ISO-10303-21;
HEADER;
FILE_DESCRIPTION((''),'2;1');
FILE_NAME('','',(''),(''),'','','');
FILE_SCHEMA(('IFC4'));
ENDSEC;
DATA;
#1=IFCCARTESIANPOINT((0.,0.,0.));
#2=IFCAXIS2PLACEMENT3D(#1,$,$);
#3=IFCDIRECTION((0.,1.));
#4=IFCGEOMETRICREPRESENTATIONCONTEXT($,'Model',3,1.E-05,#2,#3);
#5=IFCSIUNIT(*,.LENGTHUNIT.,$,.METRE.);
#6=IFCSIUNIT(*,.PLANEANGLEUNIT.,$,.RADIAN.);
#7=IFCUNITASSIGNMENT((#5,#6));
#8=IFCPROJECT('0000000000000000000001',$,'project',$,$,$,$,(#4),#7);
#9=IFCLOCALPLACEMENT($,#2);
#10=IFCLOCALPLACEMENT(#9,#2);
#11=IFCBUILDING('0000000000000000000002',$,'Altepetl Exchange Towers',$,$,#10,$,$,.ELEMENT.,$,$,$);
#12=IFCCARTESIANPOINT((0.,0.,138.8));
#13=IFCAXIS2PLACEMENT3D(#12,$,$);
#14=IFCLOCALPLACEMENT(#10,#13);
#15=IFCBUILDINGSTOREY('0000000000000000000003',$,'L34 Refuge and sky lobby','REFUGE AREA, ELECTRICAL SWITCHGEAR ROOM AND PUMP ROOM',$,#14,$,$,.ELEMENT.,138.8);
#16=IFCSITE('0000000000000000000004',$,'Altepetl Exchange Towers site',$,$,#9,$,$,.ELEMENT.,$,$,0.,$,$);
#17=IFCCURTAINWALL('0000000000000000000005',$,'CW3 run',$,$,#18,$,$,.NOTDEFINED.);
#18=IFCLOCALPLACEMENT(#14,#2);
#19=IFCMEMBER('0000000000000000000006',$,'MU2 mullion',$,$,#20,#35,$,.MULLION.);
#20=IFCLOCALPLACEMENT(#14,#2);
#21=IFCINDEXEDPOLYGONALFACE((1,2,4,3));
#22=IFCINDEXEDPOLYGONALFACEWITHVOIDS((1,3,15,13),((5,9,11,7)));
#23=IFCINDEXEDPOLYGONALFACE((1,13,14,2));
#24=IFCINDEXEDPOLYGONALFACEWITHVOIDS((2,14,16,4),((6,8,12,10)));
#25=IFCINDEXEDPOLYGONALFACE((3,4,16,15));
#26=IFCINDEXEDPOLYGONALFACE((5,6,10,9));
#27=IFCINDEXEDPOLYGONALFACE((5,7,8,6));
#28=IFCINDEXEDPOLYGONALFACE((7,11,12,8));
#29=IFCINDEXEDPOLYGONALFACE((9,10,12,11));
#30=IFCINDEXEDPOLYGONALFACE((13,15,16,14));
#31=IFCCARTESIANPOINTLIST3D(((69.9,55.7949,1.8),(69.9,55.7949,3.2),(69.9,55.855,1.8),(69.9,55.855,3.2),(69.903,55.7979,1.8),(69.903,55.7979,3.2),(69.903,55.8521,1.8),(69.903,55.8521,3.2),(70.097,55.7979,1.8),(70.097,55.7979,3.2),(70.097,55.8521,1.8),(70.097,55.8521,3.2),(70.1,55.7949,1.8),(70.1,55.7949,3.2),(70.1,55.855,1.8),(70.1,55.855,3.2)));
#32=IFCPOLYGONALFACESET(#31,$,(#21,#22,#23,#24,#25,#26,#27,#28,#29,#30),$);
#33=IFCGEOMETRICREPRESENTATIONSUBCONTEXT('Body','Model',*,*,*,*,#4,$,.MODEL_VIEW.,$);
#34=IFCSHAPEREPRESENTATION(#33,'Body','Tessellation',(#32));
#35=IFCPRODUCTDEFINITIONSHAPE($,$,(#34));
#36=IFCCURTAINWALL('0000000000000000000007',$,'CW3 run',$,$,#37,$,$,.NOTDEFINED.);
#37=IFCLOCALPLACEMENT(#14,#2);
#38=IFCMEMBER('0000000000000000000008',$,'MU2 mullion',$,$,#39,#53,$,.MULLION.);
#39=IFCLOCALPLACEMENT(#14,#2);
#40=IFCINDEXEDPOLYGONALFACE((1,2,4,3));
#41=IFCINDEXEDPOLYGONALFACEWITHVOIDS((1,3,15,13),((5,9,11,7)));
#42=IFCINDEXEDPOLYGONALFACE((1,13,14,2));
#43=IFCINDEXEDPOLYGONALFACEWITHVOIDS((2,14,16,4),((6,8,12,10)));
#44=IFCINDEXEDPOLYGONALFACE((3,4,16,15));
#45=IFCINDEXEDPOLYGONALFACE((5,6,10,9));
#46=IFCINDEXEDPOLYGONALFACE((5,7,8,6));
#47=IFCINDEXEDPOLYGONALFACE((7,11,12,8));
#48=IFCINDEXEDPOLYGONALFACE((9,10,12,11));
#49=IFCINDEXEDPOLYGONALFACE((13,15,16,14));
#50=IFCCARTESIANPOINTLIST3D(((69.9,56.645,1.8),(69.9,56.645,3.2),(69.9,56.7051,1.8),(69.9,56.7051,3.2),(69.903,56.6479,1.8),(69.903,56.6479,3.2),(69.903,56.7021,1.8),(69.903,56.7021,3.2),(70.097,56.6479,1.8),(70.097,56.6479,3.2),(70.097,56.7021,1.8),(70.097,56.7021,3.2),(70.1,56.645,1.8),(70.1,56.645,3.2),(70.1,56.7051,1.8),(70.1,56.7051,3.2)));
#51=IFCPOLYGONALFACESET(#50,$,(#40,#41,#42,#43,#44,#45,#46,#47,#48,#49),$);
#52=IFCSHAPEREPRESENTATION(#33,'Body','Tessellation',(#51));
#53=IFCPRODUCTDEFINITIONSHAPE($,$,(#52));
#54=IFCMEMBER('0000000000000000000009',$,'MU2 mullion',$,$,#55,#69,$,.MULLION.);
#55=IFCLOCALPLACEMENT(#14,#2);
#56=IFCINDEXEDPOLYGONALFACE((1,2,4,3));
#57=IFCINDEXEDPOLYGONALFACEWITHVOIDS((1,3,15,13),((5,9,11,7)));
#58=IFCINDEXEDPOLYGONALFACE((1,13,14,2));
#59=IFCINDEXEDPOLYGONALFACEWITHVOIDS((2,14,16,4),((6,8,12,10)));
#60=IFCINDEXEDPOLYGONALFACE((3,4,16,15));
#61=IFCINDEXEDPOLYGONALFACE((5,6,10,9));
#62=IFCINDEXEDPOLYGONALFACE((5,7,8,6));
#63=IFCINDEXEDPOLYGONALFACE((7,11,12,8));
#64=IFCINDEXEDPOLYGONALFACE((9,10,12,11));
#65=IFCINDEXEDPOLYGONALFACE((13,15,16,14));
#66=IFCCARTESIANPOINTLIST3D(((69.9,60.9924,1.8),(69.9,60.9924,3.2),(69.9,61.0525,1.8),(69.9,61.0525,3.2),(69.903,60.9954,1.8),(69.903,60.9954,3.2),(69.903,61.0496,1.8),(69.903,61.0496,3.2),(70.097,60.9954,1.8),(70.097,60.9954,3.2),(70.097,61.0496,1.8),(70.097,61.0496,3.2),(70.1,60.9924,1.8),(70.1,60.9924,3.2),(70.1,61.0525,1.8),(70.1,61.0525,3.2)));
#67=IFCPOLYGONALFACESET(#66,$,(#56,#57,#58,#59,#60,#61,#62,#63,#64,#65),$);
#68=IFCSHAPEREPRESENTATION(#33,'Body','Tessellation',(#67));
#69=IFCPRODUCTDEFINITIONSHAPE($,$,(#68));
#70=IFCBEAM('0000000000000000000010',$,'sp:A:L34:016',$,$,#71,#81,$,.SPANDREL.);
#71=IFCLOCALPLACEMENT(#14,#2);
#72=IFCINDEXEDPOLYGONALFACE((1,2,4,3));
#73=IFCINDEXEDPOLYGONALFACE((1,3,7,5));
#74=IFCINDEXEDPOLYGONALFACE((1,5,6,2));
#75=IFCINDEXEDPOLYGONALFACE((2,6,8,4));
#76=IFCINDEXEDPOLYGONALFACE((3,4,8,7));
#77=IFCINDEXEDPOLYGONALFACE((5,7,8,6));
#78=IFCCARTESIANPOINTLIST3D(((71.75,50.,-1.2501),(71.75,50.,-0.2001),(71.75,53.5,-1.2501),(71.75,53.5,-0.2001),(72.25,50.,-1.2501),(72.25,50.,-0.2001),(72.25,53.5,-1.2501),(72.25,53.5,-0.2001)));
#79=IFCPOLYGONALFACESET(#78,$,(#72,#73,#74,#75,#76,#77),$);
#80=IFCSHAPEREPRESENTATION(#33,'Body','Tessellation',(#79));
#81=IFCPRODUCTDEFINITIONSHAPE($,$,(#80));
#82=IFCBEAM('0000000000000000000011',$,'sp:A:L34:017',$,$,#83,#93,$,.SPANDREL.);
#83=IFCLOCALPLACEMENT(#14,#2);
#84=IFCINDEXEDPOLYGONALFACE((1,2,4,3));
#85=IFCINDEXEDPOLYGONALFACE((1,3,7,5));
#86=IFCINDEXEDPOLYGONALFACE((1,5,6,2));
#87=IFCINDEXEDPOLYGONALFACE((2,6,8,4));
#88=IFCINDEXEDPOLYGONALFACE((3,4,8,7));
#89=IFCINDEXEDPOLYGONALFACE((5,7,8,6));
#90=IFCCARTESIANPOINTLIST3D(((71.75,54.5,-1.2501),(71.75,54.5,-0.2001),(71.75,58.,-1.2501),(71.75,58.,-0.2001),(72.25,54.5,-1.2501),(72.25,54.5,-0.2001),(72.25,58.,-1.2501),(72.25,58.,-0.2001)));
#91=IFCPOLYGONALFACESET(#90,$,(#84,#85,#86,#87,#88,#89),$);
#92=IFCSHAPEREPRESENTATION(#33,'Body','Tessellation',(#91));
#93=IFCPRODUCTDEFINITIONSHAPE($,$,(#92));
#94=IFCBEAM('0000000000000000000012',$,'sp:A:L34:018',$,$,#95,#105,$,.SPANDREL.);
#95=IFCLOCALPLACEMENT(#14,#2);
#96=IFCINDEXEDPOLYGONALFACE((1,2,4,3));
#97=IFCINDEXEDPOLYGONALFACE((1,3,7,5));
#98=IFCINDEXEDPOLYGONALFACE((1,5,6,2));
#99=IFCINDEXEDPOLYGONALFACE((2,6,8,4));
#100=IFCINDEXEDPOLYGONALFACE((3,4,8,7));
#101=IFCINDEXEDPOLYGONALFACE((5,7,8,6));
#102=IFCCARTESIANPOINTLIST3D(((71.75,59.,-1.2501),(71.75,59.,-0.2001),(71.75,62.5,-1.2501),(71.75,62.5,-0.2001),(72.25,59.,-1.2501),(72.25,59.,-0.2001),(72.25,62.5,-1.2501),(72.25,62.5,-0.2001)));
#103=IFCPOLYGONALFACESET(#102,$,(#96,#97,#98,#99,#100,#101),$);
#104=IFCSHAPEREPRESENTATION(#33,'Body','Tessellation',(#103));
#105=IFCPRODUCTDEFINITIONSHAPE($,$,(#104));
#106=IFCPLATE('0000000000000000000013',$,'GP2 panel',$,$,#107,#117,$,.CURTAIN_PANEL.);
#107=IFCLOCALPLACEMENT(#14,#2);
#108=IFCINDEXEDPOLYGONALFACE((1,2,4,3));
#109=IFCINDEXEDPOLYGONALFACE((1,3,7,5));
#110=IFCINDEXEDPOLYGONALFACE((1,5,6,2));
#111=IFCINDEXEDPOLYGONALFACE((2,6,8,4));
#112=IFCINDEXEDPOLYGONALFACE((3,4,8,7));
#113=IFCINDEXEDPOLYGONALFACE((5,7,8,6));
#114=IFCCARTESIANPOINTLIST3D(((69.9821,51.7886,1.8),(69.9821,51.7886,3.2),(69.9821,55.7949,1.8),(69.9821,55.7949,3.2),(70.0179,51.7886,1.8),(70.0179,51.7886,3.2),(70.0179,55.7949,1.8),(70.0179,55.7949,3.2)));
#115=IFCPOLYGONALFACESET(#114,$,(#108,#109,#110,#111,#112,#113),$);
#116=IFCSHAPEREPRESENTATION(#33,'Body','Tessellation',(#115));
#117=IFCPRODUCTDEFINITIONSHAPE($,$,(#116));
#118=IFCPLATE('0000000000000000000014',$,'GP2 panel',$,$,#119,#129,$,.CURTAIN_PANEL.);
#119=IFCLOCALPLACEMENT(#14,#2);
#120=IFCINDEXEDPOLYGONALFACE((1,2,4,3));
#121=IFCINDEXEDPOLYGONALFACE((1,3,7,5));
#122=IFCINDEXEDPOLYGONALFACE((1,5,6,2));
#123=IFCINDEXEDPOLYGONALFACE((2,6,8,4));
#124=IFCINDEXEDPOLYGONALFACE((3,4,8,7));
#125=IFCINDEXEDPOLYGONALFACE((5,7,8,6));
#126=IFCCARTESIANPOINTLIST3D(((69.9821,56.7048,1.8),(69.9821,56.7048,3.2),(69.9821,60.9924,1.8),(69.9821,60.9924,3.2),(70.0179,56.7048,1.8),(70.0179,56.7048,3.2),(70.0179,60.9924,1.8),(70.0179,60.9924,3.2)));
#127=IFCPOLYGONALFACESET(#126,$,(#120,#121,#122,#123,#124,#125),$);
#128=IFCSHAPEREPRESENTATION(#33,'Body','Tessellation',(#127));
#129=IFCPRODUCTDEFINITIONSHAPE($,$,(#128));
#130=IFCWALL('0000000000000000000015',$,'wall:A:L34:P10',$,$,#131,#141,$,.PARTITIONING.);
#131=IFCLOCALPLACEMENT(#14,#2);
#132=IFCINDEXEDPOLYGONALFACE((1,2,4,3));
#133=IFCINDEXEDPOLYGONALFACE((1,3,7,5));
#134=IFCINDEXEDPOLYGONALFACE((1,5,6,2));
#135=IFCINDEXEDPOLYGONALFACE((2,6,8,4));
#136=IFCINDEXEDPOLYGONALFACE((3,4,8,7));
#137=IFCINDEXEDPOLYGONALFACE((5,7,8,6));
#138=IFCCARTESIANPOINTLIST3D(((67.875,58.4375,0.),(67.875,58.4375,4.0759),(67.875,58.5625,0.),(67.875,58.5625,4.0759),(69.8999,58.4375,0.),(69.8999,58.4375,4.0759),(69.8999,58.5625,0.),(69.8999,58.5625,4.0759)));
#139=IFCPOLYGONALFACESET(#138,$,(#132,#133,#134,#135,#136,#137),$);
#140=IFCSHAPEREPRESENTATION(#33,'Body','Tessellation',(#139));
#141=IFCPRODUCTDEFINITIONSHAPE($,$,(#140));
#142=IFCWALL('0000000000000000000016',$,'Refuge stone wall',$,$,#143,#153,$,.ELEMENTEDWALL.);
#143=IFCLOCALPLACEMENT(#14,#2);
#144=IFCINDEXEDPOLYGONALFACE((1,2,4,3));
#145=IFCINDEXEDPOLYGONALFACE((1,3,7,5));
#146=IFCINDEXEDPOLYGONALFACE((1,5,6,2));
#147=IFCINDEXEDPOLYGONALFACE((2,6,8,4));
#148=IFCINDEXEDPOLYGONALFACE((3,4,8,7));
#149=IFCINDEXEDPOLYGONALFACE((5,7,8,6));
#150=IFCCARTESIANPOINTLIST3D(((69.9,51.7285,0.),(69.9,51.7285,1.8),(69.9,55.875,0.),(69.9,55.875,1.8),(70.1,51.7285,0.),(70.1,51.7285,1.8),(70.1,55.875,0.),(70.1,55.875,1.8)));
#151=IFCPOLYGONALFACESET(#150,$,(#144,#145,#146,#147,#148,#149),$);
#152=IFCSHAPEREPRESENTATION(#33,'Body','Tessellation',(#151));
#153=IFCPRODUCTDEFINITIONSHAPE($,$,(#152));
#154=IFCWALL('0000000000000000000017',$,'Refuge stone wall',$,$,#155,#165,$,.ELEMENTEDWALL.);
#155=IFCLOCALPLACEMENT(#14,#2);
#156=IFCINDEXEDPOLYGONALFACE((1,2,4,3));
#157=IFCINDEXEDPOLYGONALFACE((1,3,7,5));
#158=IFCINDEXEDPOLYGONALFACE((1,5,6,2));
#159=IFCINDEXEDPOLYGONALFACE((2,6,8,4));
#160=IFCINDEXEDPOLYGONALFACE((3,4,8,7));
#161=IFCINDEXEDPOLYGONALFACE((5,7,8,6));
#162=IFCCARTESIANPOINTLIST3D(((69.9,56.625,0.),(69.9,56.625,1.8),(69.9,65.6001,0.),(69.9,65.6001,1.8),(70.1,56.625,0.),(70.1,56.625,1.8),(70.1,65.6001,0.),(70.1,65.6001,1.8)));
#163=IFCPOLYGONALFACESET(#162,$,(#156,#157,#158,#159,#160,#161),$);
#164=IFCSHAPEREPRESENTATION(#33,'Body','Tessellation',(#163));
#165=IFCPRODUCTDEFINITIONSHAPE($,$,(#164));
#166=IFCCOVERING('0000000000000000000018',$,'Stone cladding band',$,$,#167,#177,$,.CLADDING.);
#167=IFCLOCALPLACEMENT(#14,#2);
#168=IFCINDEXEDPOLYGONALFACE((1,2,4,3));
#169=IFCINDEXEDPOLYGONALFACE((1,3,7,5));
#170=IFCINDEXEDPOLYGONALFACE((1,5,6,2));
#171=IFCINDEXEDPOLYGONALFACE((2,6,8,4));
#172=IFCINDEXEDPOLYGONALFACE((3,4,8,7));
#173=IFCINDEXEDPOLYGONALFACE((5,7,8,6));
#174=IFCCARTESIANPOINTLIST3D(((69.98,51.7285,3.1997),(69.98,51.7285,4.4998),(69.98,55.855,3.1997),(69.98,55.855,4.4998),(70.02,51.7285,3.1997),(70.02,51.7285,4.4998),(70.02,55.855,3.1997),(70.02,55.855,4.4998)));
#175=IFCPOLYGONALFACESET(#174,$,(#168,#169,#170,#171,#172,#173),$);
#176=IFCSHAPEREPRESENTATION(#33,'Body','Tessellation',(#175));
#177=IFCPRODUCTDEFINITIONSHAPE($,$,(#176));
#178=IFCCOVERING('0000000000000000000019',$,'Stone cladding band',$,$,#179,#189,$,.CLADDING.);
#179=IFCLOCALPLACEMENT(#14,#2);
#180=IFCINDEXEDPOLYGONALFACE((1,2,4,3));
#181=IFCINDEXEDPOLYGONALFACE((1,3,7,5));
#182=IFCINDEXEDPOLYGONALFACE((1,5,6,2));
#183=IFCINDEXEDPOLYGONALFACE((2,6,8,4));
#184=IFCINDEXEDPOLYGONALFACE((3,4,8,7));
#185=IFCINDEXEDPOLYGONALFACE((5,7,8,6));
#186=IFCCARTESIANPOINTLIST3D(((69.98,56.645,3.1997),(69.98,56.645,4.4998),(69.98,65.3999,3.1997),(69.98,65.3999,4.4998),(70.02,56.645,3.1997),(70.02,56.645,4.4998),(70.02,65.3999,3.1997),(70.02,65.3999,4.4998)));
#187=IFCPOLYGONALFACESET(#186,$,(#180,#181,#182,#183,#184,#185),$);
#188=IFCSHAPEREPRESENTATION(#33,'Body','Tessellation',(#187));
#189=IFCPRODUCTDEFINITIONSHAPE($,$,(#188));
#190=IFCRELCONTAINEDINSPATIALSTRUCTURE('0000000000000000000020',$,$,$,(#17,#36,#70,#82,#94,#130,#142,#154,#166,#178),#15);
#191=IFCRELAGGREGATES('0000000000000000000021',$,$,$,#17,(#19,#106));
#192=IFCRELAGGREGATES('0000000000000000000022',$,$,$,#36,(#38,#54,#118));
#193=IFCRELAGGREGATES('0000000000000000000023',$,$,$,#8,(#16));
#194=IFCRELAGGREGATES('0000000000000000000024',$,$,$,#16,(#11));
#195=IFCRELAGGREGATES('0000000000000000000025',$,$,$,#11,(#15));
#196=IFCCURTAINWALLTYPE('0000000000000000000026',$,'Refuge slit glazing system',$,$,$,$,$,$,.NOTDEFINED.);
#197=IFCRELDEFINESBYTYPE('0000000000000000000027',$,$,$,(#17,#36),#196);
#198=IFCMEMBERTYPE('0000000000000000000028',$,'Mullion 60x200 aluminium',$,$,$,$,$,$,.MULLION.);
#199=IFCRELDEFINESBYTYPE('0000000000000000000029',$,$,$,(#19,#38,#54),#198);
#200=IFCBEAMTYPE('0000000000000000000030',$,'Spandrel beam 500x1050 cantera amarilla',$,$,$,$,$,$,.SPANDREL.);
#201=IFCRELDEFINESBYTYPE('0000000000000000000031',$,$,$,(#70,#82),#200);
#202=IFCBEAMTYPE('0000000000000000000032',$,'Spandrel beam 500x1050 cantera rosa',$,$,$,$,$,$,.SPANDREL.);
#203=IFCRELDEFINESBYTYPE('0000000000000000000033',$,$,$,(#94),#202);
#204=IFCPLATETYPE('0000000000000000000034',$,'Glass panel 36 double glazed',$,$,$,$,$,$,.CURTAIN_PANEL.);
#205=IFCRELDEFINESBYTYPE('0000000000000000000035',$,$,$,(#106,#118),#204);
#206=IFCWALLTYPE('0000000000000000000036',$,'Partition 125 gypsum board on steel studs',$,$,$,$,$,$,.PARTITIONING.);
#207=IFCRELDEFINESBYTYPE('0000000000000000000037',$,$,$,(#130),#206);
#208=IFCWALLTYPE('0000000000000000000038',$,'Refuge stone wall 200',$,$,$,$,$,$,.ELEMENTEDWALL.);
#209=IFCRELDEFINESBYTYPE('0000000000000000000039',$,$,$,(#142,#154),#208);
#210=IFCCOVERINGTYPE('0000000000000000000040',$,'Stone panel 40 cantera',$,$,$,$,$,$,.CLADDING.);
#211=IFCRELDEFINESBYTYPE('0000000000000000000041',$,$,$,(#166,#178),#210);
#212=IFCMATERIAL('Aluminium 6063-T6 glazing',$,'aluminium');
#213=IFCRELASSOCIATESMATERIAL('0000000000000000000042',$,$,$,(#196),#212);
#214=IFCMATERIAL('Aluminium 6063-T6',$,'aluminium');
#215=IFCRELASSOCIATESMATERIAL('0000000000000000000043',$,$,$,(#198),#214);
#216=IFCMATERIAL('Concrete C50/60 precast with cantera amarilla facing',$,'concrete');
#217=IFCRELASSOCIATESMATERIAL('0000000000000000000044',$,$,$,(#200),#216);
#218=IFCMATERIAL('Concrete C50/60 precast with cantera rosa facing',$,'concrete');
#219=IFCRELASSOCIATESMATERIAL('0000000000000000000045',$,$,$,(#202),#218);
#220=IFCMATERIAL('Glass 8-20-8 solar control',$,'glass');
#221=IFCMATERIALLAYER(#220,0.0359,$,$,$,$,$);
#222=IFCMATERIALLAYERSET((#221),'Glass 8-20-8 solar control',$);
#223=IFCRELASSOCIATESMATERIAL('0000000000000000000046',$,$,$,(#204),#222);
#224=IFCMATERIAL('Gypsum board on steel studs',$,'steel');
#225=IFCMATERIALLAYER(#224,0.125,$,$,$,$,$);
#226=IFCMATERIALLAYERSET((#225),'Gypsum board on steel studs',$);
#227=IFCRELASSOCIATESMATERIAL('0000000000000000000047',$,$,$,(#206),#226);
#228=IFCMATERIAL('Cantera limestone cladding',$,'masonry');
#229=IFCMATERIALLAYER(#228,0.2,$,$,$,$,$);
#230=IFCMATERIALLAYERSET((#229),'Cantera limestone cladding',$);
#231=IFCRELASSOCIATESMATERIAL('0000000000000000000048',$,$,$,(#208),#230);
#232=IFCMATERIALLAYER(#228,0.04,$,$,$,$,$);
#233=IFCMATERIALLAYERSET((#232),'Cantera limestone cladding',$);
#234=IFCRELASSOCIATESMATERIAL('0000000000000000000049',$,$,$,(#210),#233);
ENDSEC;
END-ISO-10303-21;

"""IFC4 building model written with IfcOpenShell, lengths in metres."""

from ifc_helpers import new_model, si_unit, direction, frame, frame_2d, origin, origin_2d, place, context, subcontext, project, spatial, rectangle, hollow_rectangle, extrude, material, layer, layer_set, material_profile, profile_set, type_object, element, aggregate, save


model = new_model("IFC4")

# Units and contexts
model_context = context("Model", 3, precision=1e-05, world=origin(), true_north=direction((0.0, 1.0)))
body_context = subcontext(model_context, "Body", "Model", "MODEL_VIEW")
ifc_project = project(units=[si_unit("LENGTHUNIT", "METRE"), si_unit("PLANEANGLEUNIT", "RADIAN")], contexts=[model_context])

# Site, building, storey
site_placement = place(None, origin())
site = spatial("IfcSite", under=ifc_project, at=site_placement, Name="Altepetl Exchange Towers site", CompositionType="ELEMENT", RefElevation=0.0)
building_placement = place(site_placement, origin())
building = spatial("IfcBuilding", under=site, at=building_placement, Name="Altepetl Exchange Towers", CompositionType="ELEMENT")
storey_placement = place(building_placement, frame((0.0, 0.0, 138.8)))
storey = spatial("IfcBuildingStorey", under=building, at=storey_placement, Name="L34 Refuge and sky lobby", Description="REFUGE AREA, ELECTRICAL SWITCHGEAR ROOM AND PUMP ROOM", CompositionType="ELEMENT", Elevation=138.8)

# Shared definitions
ifc_material_1 = material(Name="Aluminium 6063-T6 glazing", Category="aluminium")
ifc_material_2 = material(Name="Aluminium 6063-T6", Category="aluminium")

# Curtain walls, members
curtain_wall_type_1 = type_object("IfcCurtainWallType", Name="Refuge slit glazing system", PredefinedType="NOTDEFINED", material=ifc_material_1)
curtain_wall_1_placement = place(storey_placement, origin())
curtain_wall_1 = element("IfcCurtainWall", 1, at=curtain_wall_1_placement, inside=storey, type_object=curtain_wall_type_1, Name="CW3 run", PredefinedType="NOTDEFINED")
ifc_material_profile_1 = material_profile(ifc_material_2, hollow_rectangle(XDim=0.0601, YDim=0.2, WallThickness=0.0029, at=origin_2d()), Name="Mullion 60x200 aluminium")
ifc_profile_set_1 = profile_set([ifc_material_profile_1], Name="Aluminium 6063-T6")
member_type_1 = type_object("IfcMemberType", Name="Mullion 60x200 aluminium", PredefinedType="MULLION", material=ifc_profile_set_1)
member_1_placement = place(storey_placement, frame((70.0, 55.825, 1.8), z_axis=(0.0, 0.0, 1.0), x_axis=(0.0, 1.0, 0.0)))
member_1 = element("IfcMember", 2, at=member_1_placement, type_object=member_type_1, Name="MU2 mullion", PredefinedType="MULLION", context=body_context, shape_type="SweptSolid", body=[
    extrude(hollow_rectangle(XDim=0.0601, YDim=0.2, WallThickness=0.0029, at=origin_2d()), origin(), (0.0, 0.0, 1.0), 1.3999),
])
curtain_wall_2_placement = place(storey_placement, origin())
curtain_wall_2 = element("IfcCurtainWall", 3, at=curtain_wall_2_placement, inside=storey, type_object=curtain_wall_type_1, Name="CW3 run", PredefinedType="NOTDEFINED")
member_2_placement = place(storey_placement, frame((70.0, 56.675, 1.8), z_axis=(0.0, 0.0, 1.0), x_axis=(0.0, 1.0, 0.0)))
member_2 = element("IfcMember", 4, at=member_2_placement, type_object=member_type_1, Name="MU2 mullion", PredefinedType="MULLION", context=body_context, shape_type="SweptSolid", body=[
    extrude(hollow_rectangle(XDim=0.0601, YDim=0.2, WallThickness=0.0029, at=origin_2d()), origin(), (0.0, 0.0, 1.0), 1.3999),
])
member_3_placement = place(storey_placement, frame((70.0, 61.0225, 1.8), z_axis=(0.0, 0.0, 1.0), x_axis=(0.0, 1.0, 0.0)))
member_3 = element("IfcMember", 5, at=member_3_placement, type_object=member_type_1, Name="MU2 mullion", PredefinedType="MULLION", context=body_context, shape_type="SweptSolid", body=[
    extrude(hollow_rectangle(XDim=0.0601, YDim=0.2, WallThickness=0.0029, at=origin_2d()), origin(), (0.0, 0.0, 1.0), 1.3999),
])

# Beams
ifc_material_3 = material(Name="Concrete C50/60 precast with cantera amarilla facing", Category="concrete")
ifc_material_profile_2 = material_profile(ifc_material_3, rectangle(XDim=0.5, YDim=1.05, at=origin_2d()), Name="500 x 1050")
ifc_profile_set_2 = profile_set([ifc_material_profile_2], Name="Concrete C50/60 precast with cantera amarilla facing")
beam_type_1 = type_object("IfcBeamType", Name="Spandrel beam 500x1050 cantera amarilla", PredefinedType="SPANDREL", material=ifc_profile_set_2)
for number, where, z_axis, x_axis, name in (
    (6, (72.0, 50.0, -0.7251), (0.0, 1.0, 0.0), (-1.0, 0.0, 0.0), "sp:A:L34:016"),
    (7, (72.0, 54.5, -0.7251), (0.0, 1.0, 0.0), (-1.0, 0.0, 0.0), "sp:A:L34:017"),
):
    element("IfcBeam", number, at=place(storey_placement, frame(where, z_axis=z_axis, x_axis=x_axis)), inside=storey, type_object=beam_type_1, Name=name, PredefinedType="SPANDREL", context=body_context, shape_type="SweptSolid", body=[
        extrude(rectangle(XDim=0.5, YDim=1.05, at=origin_2d()), origin(), (0.0, 0.0, 1.0), 3.5),
    ])
ifc_material_4 = material(Name="Concrete C50/60 precast with cantera rosa facing", Category="concrete")
ifc_material_profile_3 = material_profile(ifc_material_4, rectangle(XDim=0.5, YDim=1.05, at=origin_2d()), Name="500 x 1050")
ifc_profile_set_3 = profile_set([ifc_material_profile_3], Name="Concrete C50/60 precast with cantera rosa facing")
beam_type_2 = type_object("IfcBeamType", Name="Spandrel beam 500x1050 cantera rosa", PredefinedType="SPANDREL", material=ifc_profile_set_3)
beam_1_placement = place(storey_placement, frame((72.0, 59.0, -0.7251), z_axis=(0.0, 1.0, 0.0), x_axis=(-1.0, 0.0, 0.0)))
element("IfcBeam", 8, at=beam_1_placement, inside=storey, type_object=beam_type_2, Name="sp:A:L34:018", PredefinedType="SPANDREL", context=body_context, shape_type="SweptSolid", body=[
    extrude(rectangle(XDim=0.5, YDim=1.05, at=origin_2d()), origin(), (0.0, 0.0, 1.0), 3.5),
])

# Plates
ifc_material_5 = material(Name="Glass 8-20-8 solar control", Category="glass")
ifc_layer_1 = layer(ifc_material_5, 0.0359)
ifc_layer_set_1 = layer_set([ifc_layer_1], Name="Glass 8-20-8 solar control")
plate_type = type_object("IfcPlateType", Name="Glass panel 36 double glazed", PredefinedType="CURTAIN_PANEL", material=ifc_layer_set_1)
plate_1_placement = place(storey_placement, frame((70.0, 53.7917, 1.8), z_axis=(0.0, 0.0, 1.0), x_axis=(0.0, 1.0, 0.0)))
plate_1 = element("IfcPlate", 9, at=plate_1_placement, type_object=plate_type, Name="GP2 panel", PredefinedType="CURTAIN_PANEL", context=body_context, shape_type="SweptSolid", body=[
    extrude(rectangle(XDim=4.0063, YDim=0.0359, at=origin_2d()), origin(), (0.0, 0.0, 1.0), 1.3999),
])
aggregate(curtain_wall_1, [member_1, plate_1])
plate_2_placement = place(storey_placement, frame((70.0, 58.8486, 1.8), z_axis=(0.0, 0.0, 1.0), x_axis=(0.0, 1.0, 0.0)))
plate_2 = element("IfcPlate", 10, at=plate_2_placement, type_object=plate_type, Name="GP2 panel", PredefinedType="CURTAIN_PANEL", context=body_context, shape_type="SweptSolid", body=[
    extrude(rectangle(XDim=4.2876, YDim=0.0359, at=origin_2d()), origin(), (0.0, 0.0, 1.0), 1.3999),
])
aggregate(curtain_wall_2, [member_2, member_3, plate_2])

# Walls
ifc_material_6 = material(Name="Gypsum board on steel studs", Category="steel")
ifc_layer_2 = layer(ifc_material_6, 0.125)
ifc_layer_set_2 = layer_set([ifc_layer_2], Name="Gypsum board on steel studs")
wall_type_1 = type_object("IfcWallType", Name="Partition 125 gypsum board on steel studs", PredefinedType="PARTITIONING", material=ifc_layer_set_2)
wall_1_placement = place(storey_placement, frame((67.875, 58.5, 0.0)))
element("IfcWall", 11, at=wall_1_placement, inside=storey, type_object=wall_type_1, Name="wall:A:L34:P10", PredefinedType="PARTITIONING", context=body_context, shape_type="SweptSolid", body=[
    extrude(rectangle(XDim=2.0249, YDim=0.125, at=frame_2d((1.0125, 0.0))), origin(), (0.0, 0.0, 1.0), 4.0759),
])
ifc_material_7 = material(Name="Cantera limestone cladding", Category="masonry")
ifc_layer_3 = layer(ifc_material_7, 0.2)
ifc_layer_set_3 = layer_set([ifc_layer_3], Name="Cantera limestone cladding")
wall_type_2 = type_object("IfcWallType", Name="Refuge stone wall 200", PredefinedType="ELEMENTEDWALL", material=ifc_layer_set_3)
wall_2_placement = place(storey_placement, frame((70.0, 51.7285, 0.0), z_axis=(0.0, 0.0, 1.0), x_axis=(0.0, 1.0, 0.0)))
element("IfcWall", 12, at=wall_2_placement, inside=storey, type_object=wall_type_2, Name="Refuge stone wall", PredefinedType="ELEMENTEDWALL", context=body_context, shape_type="SweptSolid", body=[
    extrude(rectangle(XDim=4.1465, YDim=0.2, at=frame_2d((2.0732, 0.0))), origin(), (0.0, 0.0, 1.0), 1.8),
])
wall_3_placement = place(storey_placement, frame((70.0, 56.625, 0.0), z_axis=(0.0, 0.0, 1.0), x_axis=(0.0, 1.0, 0.0)))
element("IfcWall", 13, at=wall_3_placement, inside=storey, type_object=wall_type_2, Name="Refuge stone wall", PredefinedType="ELEMENTEDWALL", context=body_context, shape_type="SweptSolid", body=[
    extrude(rectangle(XDim=8.9751, YDim=0.2, at=frame_2d((4.4875, 0.0))), origin(), (0.0, 0.0, 1.0), 1.8),
])

# Coverings
ifc_layer_4 = layer(ifc_material_7, 0.04)
ifc_layer_set_4 = layer_set([ifc_layer_4], Name="Cantera limestone cladding")
covering_type = type_object("IfcCoveringType", Name="Stone panel 40 cantera", PredefinedType="CLADDING", material=ifc_layer_set_4)
covering_1_placement = place(storey_placement, frame((70.0, 53.7917, 3.1997), z_axis=(0.0, 0.0, 1.0), x_axis=(0.0, 1.0, 0.0)))
element("IfcCovering", 14, at=covering_1_placement, inside=storey, type_object=covering_type, Name="Stone cladding band", PredefinedType="CLADDING", context=body_context, shape_type="SweptSolid", body=[
    extrude(rectangle(XDim=4.1265, YDim=0.04, at=origin_2d()), origin(), (0.0, 0.0, 1.0), 1.3),
])
covering_2_placement = place(storey_placement, frame((70.0, 61.0225, 3.1997), z_axis=(0.0, 0.0, 1.0), x_axis=(0.0, 1.0, 0.0)))
element("IfcCovering", 15, at=covering_2_placement, inside=storey, type_object=covering_type, Name="Stone cladding band", PredefinedType="CLADDING", context=body_context, shape_type="SweptSolid", body=[
    extrude(rectangle(XDim=8.7549, YDim=0.04, at=origin_2d()), origin(), (0.0, 0.0, 1.0), 1.3),
])

save(model, "model.ifc")
